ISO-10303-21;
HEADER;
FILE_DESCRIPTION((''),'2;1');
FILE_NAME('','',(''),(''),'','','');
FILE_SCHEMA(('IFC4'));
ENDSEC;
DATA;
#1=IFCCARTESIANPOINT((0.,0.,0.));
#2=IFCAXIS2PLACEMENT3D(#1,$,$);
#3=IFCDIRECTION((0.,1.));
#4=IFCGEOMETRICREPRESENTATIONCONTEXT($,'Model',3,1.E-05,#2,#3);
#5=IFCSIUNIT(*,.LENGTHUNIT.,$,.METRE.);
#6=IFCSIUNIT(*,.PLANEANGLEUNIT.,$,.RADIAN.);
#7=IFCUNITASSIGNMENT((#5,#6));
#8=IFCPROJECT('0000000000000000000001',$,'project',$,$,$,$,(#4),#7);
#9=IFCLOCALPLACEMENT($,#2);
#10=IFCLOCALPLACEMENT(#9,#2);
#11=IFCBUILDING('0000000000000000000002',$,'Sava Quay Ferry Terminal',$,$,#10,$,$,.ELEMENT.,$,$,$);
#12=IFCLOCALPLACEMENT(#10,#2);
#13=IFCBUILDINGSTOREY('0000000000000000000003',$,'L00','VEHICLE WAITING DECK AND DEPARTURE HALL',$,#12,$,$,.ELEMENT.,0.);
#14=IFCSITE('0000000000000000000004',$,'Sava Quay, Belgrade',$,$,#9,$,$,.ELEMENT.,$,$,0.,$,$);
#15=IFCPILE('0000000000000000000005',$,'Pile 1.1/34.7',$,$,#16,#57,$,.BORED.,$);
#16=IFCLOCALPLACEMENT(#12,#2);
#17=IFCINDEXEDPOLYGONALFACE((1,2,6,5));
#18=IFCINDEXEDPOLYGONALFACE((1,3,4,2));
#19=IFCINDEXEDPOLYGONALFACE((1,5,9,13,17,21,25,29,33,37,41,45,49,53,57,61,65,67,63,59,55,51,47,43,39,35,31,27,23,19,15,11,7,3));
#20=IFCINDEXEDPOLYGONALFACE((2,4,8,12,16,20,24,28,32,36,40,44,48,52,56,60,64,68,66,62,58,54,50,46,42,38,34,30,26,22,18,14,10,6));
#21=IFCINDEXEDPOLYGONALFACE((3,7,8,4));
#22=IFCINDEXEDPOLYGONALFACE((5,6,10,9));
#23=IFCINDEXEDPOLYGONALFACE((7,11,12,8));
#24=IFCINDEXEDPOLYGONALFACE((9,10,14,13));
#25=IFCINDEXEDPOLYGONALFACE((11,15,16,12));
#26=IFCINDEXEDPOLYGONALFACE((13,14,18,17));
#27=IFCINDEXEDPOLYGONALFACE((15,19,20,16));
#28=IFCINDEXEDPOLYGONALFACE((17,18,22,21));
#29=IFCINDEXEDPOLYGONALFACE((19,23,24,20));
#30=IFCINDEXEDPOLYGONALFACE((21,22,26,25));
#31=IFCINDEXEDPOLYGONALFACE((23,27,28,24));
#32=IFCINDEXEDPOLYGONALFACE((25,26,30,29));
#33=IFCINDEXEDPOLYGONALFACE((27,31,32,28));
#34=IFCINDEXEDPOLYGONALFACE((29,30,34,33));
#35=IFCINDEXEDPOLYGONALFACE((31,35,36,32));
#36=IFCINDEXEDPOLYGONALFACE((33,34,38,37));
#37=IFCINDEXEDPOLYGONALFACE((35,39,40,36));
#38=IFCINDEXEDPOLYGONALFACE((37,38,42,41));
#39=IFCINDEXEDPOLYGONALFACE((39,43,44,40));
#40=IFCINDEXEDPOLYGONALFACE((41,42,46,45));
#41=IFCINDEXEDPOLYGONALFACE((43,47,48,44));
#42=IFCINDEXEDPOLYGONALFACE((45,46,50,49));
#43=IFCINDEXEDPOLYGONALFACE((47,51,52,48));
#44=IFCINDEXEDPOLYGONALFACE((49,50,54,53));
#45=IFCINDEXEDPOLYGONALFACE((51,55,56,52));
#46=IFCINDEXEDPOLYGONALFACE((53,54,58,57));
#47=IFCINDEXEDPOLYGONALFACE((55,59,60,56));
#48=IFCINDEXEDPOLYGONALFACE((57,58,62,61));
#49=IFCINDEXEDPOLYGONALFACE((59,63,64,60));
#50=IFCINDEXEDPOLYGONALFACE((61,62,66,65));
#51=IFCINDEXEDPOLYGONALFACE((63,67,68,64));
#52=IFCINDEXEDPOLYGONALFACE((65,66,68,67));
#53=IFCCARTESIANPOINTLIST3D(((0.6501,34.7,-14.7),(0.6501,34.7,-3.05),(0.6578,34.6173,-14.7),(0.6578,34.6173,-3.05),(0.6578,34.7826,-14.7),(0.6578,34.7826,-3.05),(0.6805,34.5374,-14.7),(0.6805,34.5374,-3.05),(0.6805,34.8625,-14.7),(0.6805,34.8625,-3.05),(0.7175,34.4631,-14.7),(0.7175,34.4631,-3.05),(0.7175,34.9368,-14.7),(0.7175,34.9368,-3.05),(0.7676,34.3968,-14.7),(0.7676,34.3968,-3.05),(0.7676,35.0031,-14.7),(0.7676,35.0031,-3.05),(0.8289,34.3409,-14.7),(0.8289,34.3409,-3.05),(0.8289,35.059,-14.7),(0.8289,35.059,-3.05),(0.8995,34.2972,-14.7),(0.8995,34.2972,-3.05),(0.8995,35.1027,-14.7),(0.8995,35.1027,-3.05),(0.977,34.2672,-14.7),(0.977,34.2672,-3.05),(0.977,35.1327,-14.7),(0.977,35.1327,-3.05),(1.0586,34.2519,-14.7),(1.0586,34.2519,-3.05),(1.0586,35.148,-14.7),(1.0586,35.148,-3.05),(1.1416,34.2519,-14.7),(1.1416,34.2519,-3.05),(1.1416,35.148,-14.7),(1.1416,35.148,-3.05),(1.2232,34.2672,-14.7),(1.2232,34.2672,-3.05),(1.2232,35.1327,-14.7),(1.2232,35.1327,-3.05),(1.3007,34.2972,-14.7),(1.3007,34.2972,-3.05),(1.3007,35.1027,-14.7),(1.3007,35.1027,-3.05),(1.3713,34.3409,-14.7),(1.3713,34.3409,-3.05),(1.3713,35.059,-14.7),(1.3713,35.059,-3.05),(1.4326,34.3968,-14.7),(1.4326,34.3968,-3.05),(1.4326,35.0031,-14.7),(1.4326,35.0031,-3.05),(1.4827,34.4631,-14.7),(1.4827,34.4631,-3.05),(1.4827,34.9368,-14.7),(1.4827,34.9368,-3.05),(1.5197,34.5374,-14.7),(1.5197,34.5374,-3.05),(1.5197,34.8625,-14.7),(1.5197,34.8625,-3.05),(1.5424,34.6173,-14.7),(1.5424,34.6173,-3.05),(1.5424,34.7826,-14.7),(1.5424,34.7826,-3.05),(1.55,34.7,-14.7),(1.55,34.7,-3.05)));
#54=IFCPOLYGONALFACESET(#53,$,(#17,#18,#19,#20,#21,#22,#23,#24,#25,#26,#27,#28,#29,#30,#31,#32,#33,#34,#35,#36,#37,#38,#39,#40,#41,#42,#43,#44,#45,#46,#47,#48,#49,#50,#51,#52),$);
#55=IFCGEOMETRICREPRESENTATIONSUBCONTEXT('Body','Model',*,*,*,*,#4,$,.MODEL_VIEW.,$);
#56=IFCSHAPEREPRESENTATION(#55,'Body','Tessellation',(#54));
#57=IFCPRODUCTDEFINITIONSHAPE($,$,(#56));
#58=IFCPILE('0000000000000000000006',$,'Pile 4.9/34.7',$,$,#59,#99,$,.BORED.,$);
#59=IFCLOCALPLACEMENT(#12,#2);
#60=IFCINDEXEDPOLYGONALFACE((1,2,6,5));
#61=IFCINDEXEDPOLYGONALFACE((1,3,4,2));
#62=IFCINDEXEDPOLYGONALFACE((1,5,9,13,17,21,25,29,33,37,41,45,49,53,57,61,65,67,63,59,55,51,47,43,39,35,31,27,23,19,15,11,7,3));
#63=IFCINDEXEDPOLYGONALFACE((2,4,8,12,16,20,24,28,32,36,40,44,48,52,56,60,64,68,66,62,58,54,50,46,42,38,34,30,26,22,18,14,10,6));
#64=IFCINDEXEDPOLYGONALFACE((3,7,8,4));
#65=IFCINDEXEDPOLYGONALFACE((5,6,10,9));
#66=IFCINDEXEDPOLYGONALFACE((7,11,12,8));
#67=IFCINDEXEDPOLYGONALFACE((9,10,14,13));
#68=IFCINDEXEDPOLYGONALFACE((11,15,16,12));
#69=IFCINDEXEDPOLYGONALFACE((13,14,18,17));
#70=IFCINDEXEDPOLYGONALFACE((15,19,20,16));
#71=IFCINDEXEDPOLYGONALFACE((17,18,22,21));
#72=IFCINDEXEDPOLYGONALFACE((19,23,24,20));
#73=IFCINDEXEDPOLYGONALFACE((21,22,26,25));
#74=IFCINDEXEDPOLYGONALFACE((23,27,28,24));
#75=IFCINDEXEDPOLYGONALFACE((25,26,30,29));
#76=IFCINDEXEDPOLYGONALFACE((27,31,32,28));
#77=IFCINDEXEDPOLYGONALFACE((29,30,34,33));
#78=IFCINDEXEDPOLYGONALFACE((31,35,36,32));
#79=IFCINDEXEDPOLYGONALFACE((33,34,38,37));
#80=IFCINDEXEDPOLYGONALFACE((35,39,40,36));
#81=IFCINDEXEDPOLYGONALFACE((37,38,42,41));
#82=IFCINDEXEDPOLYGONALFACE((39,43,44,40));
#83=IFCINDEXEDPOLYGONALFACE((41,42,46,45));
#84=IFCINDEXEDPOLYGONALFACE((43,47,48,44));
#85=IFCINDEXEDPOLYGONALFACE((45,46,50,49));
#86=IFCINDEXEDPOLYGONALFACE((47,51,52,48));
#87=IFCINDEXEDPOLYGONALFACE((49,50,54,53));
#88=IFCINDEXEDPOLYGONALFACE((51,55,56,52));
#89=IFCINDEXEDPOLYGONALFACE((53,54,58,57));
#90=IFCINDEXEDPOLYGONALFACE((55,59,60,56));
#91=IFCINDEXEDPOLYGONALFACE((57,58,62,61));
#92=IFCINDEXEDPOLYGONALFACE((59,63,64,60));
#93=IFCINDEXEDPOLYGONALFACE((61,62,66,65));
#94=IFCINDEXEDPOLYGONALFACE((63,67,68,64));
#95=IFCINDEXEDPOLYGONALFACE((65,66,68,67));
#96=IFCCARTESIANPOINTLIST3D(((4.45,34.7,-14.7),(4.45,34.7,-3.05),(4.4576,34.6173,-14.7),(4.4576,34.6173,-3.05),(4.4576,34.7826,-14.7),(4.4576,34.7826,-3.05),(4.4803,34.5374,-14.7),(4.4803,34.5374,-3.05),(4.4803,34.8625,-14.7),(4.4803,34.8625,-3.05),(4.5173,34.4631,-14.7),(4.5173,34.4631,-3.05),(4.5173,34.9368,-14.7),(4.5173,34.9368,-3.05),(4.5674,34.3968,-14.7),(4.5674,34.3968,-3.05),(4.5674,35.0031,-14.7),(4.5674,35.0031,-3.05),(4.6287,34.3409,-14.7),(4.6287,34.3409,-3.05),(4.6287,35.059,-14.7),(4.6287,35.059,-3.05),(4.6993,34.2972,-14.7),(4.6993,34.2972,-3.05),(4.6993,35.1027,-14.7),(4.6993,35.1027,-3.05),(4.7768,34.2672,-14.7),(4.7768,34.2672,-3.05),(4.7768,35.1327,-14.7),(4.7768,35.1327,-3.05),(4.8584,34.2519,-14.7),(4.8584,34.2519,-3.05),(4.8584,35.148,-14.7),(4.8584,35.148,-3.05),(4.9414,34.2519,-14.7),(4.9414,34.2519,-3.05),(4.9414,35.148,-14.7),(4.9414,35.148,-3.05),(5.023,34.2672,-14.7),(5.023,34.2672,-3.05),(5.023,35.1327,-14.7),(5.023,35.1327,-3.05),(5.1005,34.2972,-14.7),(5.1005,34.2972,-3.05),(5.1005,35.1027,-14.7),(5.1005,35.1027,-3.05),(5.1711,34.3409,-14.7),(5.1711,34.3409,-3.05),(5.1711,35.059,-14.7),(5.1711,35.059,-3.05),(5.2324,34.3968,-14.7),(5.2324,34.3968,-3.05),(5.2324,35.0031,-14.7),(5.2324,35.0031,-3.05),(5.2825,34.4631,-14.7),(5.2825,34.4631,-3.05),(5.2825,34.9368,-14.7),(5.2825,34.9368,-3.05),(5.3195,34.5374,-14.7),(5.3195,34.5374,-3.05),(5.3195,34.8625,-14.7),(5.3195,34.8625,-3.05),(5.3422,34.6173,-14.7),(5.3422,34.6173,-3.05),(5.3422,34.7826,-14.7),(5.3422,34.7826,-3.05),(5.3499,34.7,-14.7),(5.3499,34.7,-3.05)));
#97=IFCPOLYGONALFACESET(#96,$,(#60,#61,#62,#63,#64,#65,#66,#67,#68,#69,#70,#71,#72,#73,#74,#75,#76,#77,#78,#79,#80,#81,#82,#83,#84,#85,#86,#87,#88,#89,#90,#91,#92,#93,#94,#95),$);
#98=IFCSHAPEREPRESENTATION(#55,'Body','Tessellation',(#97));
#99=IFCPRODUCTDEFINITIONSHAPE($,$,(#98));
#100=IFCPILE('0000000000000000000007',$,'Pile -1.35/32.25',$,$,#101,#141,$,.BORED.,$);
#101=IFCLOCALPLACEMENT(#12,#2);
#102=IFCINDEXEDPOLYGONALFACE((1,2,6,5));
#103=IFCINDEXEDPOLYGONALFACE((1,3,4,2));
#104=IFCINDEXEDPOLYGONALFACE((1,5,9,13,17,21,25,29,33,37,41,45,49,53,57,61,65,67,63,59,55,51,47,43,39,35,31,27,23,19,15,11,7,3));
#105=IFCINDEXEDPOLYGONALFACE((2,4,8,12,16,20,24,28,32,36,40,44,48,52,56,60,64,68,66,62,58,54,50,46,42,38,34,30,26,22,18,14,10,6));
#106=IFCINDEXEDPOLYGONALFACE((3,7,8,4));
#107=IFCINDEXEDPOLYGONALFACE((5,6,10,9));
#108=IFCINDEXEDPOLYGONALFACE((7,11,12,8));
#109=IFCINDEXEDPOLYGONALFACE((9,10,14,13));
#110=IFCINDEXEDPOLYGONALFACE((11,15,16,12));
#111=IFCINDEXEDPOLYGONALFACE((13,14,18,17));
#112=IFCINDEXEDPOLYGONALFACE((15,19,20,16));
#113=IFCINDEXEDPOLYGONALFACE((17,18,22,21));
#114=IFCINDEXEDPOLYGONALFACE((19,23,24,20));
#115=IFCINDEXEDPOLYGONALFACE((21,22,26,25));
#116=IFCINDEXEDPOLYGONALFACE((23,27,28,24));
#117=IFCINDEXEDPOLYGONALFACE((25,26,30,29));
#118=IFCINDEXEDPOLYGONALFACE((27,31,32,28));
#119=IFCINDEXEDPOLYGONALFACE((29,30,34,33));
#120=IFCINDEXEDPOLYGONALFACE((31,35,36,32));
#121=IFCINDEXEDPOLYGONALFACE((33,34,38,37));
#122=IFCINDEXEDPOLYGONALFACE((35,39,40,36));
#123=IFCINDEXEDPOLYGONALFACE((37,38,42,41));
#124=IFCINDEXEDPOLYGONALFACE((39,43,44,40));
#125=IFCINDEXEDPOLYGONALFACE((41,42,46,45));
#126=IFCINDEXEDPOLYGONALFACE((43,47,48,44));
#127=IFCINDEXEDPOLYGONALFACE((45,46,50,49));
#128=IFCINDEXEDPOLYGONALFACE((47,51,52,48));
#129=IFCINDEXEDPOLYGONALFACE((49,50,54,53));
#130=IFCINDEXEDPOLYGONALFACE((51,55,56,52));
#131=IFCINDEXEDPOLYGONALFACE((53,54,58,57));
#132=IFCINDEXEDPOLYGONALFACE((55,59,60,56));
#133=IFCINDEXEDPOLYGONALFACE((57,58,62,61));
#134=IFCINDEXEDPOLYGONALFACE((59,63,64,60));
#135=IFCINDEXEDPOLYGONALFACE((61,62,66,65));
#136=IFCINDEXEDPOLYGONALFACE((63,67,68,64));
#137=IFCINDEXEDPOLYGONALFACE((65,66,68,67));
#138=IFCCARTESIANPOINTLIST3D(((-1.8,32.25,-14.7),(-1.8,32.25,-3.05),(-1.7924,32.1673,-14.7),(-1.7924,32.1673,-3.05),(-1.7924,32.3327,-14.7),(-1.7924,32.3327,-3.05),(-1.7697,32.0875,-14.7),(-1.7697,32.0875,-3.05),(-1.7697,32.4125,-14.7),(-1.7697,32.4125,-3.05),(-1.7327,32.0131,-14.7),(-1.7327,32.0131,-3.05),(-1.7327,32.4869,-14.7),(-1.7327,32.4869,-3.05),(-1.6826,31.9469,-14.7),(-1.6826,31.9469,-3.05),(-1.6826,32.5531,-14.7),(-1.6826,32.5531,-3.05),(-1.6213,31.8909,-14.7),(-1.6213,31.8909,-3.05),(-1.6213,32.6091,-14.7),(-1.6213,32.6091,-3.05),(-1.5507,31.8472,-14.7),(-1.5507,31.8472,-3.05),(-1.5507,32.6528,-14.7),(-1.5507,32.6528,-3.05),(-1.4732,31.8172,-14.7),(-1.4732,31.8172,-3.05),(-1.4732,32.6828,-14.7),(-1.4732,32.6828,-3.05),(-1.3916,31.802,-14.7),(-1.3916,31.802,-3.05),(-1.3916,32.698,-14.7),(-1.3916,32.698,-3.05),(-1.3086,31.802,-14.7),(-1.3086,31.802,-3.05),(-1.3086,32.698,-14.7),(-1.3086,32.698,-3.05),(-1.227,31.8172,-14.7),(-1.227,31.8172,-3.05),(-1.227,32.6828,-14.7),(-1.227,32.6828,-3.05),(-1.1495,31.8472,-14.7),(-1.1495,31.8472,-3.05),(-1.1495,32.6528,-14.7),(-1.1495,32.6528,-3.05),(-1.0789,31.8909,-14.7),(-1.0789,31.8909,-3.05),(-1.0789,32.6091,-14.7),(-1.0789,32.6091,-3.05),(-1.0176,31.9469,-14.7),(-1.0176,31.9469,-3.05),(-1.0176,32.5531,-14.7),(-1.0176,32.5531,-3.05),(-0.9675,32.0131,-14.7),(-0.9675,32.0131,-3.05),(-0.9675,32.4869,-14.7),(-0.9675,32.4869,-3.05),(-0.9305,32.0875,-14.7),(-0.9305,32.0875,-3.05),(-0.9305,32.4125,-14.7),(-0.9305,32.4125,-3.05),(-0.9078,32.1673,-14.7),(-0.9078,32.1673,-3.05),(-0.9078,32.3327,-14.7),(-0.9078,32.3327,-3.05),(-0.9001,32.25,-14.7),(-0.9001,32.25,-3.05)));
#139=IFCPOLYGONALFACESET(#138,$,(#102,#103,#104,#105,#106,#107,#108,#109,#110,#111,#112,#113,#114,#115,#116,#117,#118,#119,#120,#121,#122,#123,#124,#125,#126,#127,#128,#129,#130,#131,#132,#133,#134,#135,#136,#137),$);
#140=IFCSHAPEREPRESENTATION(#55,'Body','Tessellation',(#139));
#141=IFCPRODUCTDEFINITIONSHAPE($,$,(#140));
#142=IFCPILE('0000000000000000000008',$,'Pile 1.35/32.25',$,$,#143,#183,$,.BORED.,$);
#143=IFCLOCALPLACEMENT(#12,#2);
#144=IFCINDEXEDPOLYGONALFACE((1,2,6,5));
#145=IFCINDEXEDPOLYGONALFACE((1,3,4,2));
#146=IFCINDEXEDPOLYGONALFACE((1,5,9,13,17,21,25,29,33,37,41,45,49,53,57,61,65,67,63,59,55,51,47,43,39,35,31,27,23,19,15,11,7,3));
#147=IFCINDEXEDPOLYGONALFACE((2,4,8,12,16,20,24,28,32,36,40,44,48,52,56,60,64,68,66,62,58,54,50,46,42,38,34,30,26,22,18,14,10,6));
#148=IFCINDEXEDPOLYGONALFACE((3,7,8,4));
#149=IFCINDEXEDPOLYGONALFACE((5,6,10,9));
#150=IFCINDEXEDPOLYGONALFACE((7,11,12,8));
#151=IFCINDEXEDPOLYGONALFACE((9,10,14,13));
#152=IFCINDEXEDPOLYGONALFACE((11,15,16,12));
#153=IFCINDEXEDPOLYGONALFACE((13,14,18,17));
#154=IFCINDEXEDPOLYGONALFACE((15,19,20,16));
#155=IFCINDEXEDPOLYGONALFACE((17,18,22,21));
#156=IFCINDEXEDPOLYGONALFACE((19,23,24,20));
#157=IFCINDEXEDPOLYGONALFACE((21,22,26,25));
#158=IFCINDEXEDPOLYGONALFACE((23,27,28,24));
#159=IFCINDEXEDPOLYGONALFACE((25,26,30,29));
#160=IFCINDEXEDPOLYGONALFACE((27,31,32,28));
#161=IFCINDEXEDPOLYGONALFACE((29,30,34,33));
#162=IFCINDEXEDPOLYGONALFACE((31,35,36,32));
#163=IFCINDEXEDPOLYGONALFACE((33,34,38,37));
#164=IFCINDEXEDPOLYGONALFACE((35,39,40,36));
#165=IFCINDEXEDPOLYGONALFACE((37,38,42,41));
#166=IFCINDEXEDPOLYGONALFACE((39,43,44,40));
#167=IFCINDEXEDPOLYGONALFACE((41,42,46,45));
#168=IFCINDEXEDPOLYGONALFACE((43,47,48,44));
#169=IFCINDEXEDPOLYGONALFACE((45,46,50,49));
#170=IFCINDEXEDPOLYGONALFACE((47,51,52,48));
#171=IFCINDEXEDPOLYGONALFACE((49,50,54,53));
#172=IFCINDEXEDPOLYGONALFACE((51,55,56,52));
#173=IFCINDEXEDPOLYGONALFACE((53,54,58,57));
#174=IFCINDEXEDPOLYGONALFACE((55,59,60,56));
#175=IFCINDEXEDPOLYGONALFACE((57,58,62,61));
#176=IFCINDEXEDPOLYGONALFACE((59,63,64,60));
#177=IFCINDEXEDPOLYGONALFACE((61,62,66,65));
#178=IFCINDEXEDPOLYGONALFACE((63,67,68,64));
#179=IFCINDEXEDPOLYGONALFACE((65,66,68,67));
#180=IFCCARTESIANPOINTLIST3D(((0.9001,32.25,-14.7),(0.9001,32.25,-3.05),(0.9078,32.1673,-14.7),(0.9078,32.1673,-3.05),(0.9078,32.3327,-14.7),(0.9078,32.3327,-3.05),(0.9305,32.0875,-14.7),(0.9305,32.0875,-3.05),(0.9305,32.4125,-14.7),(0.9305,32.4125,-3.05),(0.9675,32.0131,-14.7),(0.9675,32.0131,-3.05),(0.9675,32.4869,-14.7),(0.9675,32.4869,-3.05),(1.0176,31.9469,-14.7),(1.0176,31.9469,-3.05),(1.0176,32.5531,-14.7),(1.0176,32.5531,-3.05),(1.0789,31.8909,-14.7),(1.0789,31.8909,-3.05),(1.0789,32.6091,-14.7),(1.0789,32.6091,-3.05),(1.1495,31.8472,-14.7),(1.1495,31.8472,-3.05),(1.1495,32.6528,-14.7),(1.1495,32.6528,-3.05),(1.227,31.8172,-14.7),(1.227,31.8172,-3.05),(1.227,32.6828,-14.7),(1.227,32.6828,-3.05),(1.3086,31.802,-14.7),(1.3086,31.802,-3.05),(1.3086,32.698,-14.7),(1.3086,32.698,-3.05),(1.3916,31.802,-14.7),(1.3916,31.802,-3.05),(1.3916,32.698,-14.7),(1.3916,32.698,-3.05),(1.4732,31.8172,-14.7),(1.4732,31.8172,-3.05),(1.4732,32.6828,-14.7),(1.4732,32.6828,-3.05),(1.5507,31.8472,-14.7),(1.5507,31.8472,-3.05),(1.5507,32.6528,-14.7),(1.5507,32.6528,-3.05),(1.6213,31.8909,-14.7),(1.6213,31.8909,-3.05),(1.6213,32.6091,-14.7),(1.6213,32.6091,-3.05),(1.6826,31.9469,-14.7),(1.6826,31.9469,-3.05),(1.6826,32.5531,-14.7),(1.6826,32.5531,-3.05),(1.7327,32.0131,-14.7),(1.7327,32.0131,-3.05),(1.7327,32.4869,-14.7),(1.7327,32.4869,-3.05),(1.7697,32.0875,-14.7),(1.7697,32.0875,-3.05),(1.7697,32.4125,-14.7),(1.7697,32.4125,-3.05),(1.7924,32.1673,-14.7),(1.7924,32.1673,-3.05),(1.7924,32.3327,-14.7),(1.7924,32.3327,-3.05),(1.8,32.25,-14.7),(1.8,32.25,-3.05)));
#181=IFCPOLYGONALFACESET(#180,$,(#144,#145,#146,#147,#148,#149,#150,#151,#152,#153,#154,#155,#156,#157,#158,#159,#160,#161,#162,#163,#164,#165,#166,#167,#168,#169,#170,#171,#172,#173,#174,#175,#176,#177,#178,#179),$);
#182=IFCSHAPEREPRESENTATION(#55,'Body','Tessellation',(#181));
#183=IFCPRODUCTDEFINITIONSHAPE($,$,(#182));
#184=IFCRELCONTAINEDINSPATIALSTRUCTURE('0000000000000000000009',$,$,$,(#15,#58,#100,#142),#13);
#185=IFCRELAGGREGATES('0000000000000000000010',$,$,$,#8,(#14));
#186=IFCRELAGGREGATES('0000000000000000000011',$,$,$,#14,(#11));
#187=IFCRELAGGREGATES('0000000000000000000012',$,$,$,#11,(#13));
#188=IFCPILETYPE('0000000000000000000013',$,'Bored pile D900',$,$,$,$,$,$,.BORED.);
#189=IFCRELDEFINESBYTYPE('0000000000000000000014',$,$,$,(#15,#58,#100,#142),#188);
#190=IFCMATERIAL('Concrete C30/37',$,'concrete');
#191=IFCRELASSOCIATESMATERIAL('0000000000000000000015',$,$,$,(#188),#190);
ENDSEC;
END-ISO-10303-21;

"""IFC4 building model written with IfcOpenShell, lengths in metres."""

from ifc_helpers import new_model, si_unit, direction, frame, origin, origin_2d, place, context, subcontext, project, spatial, circle, extrude, material, material_profile, profile_set, type_object, element, save


model = new_model("IFC4")

# Units and contexts
model_context = context("Model", 3, precision=1e-05, world=origin(), true_north=direction((0.0, 1.0)))
body_context = subcontext(model_context, "Body", "Model", "MODEL_VIEW")
ifc_project = project(units=[si_unit("LENGTHUNIT", "METRE"), si_unit("PLANEANGLEUNIT", "RADIAN")], contexts=[model_context])

# Site, building, storey
site_placement = place(None, origin())
site = spatial("IfcSite", under=ifc_project, at=site_placement, Name="Sava Quay, Belgrade", CompositionType="ELEMENT", RefElevation=0.0)
building_placement = place(site_placement, origin())
building = spatial("IfcBuilding", under=site, at=building_placement, Name="Sava Quay Ferry Terminal", CompositionType="ELEMENT")
storey_placement = place(building_placement, origin())
storey = spatial("IfcBuildingStorey", under=building, at=storey_placement, Name="L00", Description="VEHICLE WAITING DECK AND DEPARTURE HALL", CompositionType="ELEMENT", Elevation=0.0)

# Piles
ifc_material_1 = material(Name="Concrete C30/37", Category="concrete")
ifc_material_profile_1 = material_profile(ifc_material_1, circle(Radius=0.45, at=origin_2d()), Name="Bored pile D900")
ifc_profile_set_1 = profile_set([ifc_material_profile_1], Name="Concrete C30/37")
pile_type = type_object("IfcPileType", Name="Bored pile D900", PredefinedType="BORED", material=ifc_profile_set_1)
for number, where, z_axis, x_axis, name in (
    (1, (1.1001, 34.7, -3.05), (0.0, 0.0, -1.0), (1.0, 0.0, 0.0), "Pile 1.1/34.7"),
    (2, (4.8999, 34.7, -3.05), (0.0, 0.0, -1.0), (1.0, 0.0, 0.0), "Pile 4.9/34.7"),
    (3, (-1.3501, 32.25, -3.05), (0.0, 0.0, -1.0), (1.0, 0.0, 0.0), "Pile -1.35/32.25"),
    (4, (1.3501, 32.25, -3.05), (0.0, 0.0, -1.0), (1.0, 0.0, 0.0), "Pile 1.35/32.25"),
):
    element("IfcPile", number, at=place(storey_placement, frame(where, z_axis=z_axis, x_axis=x_axis)), inside=storey, type_object=pile_type, Name=name, PredefinedType="BORED", context=body_context, shape_type="SweptSolid", body=[
        extrude(circle(Radius=0.45, at=origin_2d()), origin(), (0.0, 0.0, 1.0), 11.6499),
    ])

save(model, "model.ifc")
